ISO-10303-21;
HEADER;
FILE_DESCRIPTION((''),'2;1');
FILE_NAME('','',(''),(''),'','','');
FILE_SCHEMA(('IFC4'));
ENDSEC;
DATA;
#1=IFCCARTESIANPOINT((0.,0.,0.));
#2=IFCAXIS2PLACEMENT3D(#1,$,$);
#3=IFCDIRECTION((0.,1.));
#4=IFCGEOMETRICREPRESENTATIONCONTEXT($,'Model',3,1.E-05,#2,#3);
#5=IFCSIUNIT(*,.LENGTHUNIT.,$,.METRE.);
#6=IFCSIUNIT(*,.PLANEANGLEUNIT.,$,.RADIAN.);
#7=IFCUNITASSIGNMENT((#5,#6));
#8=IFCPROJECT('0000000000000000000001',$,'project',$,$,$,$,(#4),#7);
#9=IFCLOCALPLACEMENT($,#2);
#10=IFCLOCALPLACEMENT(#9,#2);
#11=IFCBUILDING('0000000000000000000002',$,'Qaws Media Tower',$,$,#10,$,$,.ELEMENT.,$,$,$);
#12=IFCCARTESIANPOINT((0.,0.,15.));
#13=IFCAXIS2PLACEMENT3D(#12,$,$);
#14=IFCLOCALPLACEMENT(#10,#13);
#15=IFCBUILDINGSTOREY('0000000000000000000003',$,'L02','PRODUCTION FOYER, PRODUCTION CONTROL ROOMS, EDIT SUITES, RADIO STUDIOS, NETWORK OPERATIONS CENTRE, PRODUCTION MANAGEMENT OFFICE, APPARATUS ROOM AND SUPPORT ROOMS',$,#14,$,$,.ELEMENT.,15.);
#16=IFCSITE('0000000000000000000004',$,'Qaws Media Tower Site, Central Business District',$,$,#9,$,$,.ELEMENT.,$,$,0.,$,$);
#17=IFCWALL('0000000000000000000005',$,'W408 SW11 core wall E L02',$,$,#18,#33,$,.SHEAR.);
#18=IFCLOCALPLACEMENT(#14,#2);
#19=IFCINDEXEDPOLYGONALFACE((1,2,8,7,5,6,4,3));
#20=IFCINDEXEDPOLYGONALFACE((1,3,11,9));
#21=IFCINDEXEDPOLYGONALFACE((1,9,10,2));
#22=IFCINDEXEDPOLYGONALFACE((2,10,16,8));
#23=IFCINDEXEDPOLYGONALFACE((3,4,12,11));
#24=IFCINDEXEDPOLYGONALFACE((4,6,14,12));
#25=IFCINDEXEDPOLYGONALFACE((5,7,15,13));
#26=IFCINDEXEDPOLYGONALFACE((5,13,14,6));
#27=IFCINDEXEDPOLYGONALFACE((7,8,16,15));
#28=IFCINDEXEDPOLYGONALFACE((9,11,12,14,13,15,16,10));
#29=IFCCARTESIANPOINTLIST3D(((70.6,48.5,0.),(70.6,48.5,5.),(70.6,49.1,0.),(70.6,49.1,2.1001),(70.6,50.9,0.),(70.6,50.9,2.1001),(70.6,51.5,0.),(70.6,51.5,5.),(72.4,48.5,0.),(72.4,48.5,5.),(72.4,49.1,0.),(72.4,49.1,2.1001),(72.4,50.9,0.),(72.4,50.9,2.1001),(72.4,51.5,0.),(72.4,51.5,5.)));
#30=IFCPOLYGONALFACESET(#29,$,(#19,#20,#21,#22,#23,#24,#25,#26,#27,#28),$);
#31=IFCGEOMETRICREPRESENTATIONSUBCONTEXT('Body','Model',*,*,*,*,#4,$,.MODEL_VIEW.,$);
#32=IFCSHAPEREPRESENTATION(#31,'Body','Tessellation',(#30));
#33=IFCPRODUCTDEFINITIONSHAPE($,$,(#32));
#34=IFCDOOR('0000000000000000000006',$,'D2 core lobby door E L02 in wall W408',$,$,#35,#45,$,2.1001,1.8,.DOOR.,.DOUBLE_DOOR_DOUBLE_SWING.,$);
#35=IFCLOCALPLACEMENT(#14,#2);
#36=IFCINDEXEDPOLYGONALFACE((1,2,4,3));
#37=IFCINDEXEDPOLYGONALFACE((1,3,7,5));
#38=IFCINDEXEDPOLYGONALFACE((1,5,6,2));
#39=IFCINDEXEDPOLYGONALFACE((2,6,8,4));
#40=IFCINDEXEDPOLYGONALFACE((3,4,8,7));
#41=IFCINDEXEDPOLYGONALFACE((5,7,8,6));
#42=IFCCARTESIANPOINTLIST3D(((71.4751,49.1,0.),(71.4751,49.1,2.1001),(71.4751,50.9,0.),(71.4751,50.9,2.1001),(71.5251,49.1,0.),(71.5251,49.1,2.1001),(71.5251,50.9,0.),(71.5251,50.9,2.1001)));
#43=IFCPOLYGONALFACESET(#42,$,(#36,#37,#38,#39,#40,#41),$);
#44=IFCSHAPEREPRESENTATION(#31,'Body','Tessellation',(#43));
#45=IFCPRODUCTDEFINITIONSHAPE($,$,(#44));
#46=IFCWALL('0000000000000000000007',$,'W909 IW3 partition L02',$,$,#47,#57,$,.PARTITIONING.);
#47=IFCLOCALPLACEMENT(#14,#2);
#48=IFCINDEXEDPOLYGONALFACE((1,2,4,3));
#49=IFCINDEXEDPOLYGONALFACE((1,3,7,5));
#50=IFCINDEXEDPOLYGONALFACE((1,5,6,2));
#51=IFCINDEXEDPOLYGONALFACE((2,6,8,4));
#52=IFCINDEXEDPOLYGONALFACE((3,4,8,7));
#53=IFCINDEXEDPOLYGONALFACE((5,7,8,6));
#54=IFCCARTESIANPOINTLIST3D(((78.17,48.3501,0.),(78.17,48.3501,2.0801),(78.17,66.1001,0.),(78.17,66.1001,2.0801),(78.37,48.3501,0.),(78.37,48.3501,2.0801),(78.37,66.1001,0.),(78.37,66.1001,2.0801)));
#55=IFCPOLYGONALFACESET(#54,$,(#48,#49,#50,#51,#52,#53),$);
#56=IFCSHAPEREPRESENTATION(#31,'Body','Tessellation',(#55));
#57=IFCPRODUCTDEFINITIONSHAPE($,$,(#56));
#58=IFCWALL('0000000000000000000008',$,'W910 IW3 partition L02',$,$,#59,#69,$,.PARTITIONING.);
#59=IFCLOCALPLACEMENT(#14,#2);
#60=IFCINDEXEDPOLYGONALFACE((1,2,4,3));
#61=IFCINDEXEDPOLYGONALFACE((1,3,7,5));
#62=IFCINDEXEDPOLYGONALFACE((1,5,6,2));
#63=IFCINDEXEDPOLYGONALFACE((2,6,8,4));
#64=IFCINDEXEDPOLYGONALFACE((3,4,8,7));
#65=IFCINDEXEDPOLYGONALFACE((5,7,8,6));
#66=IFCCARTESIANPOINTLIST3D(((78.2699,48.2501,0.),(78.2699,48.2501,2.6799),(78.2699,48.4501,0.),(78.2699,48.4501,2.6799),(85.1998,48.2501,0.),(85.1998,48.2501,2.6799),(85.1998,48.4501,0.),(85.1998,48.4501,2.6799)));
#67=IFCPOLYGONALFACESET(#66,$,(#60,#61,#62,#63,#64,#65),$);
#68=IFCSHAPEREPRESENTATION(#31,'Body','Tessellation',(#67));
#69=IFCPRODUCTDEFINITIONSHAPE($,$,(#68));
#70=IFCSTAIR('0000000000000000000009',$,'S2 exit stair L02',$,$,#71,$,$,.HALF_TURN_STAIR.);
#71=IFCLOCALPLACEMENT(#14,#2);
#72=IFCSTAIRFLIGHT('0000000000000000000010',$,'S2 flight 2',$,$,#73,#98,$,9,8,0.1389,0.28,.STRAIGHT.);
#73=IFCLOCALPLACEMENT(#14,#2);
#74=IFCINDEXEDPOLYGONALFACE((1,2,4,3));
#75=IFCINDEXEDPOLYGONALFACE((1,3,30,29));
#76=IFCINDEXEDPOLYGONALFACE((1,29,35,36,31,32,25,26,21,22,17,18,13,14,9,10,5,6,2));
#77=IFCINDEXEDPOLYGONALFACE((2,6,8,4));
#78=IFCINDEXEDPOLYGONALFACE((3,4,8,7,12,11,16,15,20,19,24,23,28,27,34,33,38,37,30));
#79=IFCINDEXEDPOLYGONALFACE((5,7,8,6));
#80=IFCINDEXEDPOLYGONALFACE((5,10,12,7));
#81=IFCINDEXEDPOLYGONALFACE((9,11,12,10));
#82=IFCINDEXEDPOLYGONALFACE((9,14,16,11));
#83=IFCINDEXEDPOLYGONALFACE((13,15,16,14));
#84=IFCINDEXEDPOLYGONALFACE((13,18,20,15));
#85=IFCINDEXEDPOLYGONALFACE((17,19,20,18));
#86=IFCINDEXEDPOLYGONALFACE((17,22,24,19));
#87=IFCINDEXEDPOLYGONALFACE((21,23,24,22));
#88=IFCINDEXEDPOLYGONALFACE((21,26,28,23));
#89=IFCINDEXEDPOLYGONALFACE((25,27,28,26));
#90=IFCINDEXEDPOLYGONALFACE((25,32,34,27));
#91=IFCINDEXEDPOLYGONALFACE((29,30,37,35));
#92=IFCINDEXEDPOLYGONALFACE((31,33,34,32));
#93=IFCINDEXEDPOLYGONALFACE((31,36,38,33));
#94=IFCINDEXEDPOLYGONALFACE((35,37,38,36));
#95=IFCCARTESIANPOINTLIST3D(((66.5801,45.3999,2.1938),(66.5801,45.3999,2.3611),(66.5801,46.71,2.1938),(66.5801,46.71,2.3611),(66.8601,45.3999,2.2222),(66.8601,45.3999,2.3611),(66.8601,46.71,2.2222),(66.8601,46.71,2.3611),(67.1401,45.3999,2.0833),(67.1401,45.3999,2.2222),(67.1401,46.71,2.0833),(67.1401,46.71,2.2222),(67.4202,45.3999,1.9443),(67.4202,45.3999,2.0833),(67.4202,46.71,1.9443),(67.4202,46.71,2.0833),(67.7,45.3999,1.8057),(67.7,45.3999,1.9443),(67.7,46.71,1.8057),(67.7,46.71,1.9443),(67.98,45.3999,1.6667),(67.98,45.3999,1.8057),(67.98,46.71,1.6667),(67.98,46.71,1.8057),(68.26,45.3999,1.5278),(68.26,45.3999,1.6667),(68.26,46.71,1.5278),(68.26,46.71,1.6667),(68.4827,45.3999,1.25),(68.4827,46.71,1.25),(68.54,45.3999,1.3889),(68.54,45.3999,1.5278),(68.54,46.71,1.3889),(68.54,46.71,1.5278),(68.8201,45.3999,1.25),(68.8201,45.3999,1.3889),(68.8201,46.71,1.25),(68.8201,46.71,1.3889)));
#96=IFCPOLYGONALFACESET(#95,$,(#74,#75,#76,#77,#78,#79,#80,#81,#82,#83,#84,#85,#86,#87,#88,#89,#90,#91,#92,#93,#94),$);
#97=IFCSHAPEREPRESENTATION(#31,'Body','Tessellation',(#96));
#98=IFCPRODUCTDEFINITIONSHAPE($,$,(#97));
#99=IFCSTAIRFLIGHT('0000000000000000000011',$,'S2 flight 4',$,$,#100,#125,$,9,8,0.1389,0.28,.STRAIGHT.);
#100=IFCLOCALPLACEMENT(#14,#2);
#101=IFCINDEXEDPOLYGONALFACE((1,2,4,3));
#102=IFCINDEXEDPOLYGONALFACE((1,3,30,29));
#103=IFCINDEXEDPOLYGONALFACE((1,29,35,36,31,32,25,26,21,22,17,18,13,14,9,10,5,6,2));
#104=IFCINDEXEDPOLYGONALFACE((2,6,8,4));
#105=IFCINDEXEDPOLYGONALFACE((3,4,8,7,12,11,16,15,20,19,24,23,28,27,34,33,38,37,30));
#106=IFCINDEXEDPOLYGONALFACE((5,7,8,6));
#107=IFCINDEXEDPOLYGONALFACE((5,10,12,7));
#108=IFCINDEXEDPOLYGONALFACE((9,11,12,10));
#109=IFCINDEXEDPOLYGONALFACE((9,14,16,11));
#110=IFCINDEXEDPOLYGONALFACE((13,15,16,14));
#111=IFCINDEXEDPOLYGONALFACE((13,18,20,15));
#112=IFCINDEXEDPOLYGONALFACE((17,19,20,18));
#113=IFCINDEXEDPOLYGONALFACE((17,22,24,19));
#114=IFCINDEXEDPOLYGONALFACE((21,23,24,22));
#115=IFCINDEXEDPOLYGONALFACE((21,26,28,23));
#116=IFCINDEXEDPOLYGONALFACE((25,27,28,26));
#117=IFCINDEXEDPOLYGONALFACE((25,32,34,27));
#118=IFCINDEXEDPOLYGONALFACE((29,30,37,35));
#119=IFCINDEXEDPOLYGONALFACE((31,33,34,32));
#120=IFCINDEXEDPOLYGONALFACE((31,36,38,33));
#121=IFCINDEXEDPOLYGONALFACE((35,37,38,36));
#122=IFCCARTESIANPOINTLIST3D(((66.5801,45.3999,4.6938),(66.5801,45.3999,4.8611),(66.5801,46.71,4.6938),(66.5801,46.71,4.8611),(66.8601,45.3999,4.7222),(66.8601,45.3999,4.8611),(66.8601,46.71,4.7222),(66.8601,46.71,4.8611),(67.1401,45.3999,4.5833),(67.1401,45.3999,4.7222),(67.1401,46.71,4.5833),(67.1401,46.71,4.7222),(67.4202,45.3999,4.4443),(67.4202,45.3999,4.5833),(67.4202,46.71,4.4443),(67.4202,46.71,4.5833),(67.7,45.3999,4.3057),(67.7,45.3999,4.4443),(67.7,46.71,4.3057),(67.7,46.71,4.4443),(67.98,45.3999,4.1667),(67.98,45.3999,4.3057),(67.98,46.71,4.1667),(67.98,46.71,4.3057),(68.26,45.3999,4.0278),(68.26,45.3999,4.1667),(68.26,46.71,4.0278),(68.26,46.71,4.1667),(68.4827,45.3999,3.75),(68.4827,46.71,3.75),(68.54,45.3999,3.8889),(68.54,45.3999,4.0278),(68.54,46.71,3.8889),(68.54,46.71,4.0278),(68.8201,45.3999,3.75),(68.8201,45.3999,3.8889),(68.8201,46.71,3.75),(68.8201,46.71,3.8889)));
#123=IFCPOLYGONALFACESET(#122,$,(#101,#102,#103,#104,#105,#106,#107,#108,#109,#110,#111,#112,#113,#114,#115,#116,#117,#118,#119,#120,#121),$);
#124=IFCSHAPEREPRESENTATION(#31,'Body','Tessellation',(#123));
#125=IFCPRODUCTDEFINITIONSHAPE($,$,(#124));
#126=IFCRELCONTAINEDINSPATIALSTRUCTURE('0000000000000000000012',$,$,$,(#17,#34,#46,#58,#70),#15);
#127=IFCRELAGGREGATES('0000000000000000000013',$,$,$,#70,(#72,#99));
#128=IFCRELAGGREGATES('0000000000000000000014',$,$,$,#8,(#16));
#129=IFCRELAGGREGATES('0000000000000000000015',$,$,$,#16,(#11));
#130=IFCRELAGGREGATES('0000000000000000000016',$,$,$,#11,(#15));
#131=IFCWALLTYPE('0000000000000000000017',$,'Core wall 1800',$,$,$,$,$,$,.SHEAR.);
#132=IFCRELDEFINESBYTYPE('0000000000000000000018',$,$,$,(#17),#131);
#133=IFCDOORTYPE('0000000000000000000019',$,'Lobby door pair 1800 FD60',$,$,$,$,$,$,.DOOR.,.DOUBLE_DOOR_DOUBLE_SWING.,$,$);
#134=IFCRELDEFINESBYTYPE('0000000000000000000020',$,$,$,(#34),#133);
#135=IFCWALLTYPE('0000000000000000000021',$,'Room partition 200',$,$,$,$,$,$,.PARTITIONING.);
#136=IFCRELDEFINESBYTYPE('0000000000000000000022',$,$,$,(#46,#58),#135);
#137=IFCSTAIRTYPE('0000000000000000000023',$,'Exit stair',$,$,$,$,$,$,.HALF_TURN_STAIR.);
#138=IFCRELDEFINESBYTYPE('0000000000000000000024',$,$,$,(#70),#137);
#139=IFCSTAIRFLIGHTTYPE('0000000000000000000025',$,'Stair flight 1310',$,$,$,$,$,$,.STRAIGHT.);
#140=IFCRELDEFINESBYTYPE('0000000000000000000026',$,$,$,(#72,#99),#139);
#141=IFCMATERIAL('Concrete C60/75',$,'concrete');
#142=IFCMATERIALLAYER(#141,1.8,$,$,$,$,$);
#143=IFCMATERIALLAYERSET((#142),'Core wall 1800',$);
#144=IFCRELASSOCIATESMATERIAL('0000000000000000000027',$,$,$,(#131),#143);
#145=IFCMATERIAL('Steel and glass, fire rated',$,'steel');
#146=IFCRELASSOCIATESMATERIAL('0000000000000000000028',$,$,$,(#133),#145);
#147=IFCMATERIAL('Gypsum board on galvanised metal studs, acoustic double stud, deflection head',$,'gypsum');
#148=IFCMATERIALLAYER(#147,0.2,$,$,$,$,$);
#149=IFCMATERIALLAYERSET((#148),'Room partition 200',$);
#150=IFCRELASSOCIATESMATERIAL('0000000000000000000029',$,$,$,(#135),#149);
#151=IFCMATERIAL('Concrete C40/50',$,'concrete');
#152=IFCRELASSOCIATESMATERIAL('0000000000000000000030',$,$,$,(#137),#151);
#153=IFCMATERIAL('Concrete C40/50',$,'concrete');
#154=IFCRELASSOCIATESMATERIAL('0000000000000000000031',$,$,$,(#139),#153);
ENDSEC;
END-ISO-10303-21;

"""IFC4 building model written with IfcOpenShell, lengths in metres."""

from ifc_helpers import new_model, si_unit, direction, frame, frame_2d, origin, place, context, subcontext, project, spatial, polyline, rectangle, outline, extrude, material, layer, layer_set, type_object, element, fill, aggregate, save


model = new_model("IFC4")

# Units and contexts
model_context = context("Model", 3, precision=1e-05, world=origin(), true_north=direction((0.0, 1.0)))
body_context = subcontext(model_context, "Body", "Model", "MODEL_VIEW")
ifc_project = project(units=[si_unit("LENGTHUNIT", "METRE"), si_unit("PLANEANGLEUNIT", "RADIAN")], contexts=[model_context])

# Site, building, storey
site_placement = place(None, origin())
site = spatial("IfcSite", under=ifc_project, at=site_placement, Name="Qaws Media Tower Site, Central Business District", CompositionType="ELEMENT", RefElevation=0.0)
building_placement = place(site_placement, origin())
building = spatial("IfcBuilding", under=site, at=building_placement, Name="Qaws Media Tower", CompositionType="ELEMENT")
storey_placement = place(building_placement, frame((0.0, 0.0, 15.0)))
storey = spatial("IfcBuildingStorey", under=building, at=storey_placement, Name="L02", Description="PRODUCTION FOYER, PRODUCTION CONTROL ROOMS, EDIT SUITES, RADIO STUDIOS, NETWORK OPERATIONS CENTRE, PRODUCTION MANAGEMENT OFFICE, APPARATUS ROOM AND SUPPORT ROOMS", CompositionType="ELEMENT", Elevation=15.0)

# Shared definitions
ifc_material_1 = material(Name="Concrete C60/75", Category="concrete")
ifc_layer_1 = layer(ifc_material_1, 1.8)
ifc_layer_set_1 = layer_set([ifc_layer_1], Name="Core wall 1800")
wall_type_1 = type_object("IfcWallType", Name="Core wall 1800", PredefinedType="SHEAR", material=ifc_layer_set_1)

# Wall, opening, door
wall_1_placement = place(storey_placement, frame((71.5, 48.5, 0.0), z_axis=(0.0, 0.0, 1.0), x_axis=(0.0, 1.0, 0.0)))
wall_1 = element("IfcWall", 1, at=wall_1_placement, inside=storey, type_object=wall_type_1, Name="W408 SW11 core wall E L02", PredefinedType="SHEAR", context=body_context, shape_type="SweptSolid", body=[
    extrude(rectangle(XDim=3.0, YDim=1.8, at=frame_2d((1.5, 0.0))), origin(), (0.0, 0.0, 1.0), 5.0),
])
opening_placement = place(wall_1_placement, frame((0.6001, 0.0, 0.0)))
opening = element("IfcOpeningElement", 2, at=opening_placement, cuts=wall_1, PredefinedType="OPENING", context=body_context, shape_type="SweptSolid", body=[
    extrude(rectangle(XDim=1.8, YDim=2.1001, at=frame_2d((0.8999, 1.05))), frame((0.0, 0.9099, 0.0), z_axis=(0.0, -1.0, 0.0), x_axis=(1.0, 0.0, 0.0)), (0.0, 0.0, 1.0), 1.8201),
])
ifc_material_2 = material(Name="Steel and glass, fire rated", Category="steel")
door_type = type_object("IfcDoorType", Name="Lobby door pair 1800 FD60", OperationType="DOUBLE_DOOR_DOUBLE_SWING", PredefinedType="DOOR", material=ifc_material_2)
door_placement = place(opening_placement, origin())
door = element("IfcDoor", 3, at=door_placement, inside=storey, type_object=door_type, Name="D2 core lobby door E L02 in wall W408", OperationType="DOUBLE_DOOR_DOUBLE_SWING", OverallHeight=2.1001, OverallWidth=1.8, PredefinedType="DOOR", context=body_context, shape_type="SweptSolid", body=[
    extrude(rectangle(XDim=1.8, YDim=2.1001, at=frame_2d((0.8999, 1.05))), frame((0.0, 0.0249, 0.0), z_axis=(0.0, -1.0, 0.0), x_axis=(1.0, 0.0, 0.0)), (0.0, 0.0, 1.0), 0.05),
])
fill(opening, door)

# Walls
ifc_material_3 = material(Name="Gypsum board on galvanised metal studs, acoustic double stud, deflection head", Category="gypsum")
ifc_layer_2 = layer(ifc_material_3, 0.2)
ifc_layer_set_2 = layer_set([ifc_layer_2], Name="Room partition 200")
wall_type_2 = type_object("IfcWallType", Name="Room partition 200", PredefinedType="PARTITIONING", material=ifc_layer_set_2)
wall_2_placement = place(storey_placement, frame((78.27, 48.3501, 0.0), z_axis=(0.0, 0.0, 1.0), x_axis=(0.0, 1.0, 0.0)))
element("IfcWall", 4, at=wall_2_placement, inside=storey, type_object=wall_type_2, Name="W909 IW3 partition L02", PredefinedType="PARTITIONING", context=body_context, shape_type="SweptSolid", body=[
    extrude(rectangle(XDim=17.75, YDim=0.2, at=frame_2d((8.875, 0.0))), origin(), (0.0, 0.0, 1.0), 2.0801),
])
wall_3_placement = place(storey_placement, frame((78.27, 48.3501, 0.0), z_axis=(0.0, 0.0, 1.0), x_axis=(1.0, 0.0, 0.0)))
element("IfcWall", 5, at=wall_3_placement, inside=storey, type_object=wall_type_2, Name="W910 IW3 partition L02", PredefinedType="PARTITIONING", context=body_context, shape_type="SweptSolid", body=[
    extrude(rectangle(XDim=6.9299, YDim=0.2, at=frame_2d((3.4648, 0.0))), origin(), (0.0, 0.0, 1.0), 2.6799),
])

# Stair, stair flights
ifc_material_4 = material(Name="Concrete C40/50", Category="concrete")
stair_type = type_object("IfcStairType", Name="Exit stair", PredefinedType="HALF_TURN_STAIR", material=ifc_material_4)
stair_placement = place(storey_placement, origin())
stair = element("IfcStair", 6, at=stair_placement, inside=storey, type_object=stair_type, Name="S2 exit stair L02", PredefinedType="HALF_TURN_STAIR")
ifc_material_5 = material(Name="Concrete C40/50", Category="concrete")
stair_flight_type = type_object("IfcStairFlightType", Name="Stair flight 1310", PredefinedType="STRAIGHT", material=ifc_material_5)
stair_flight_1_placement = place(storey_placement, frame((68.8201, 46.0549, 1.25), z_axis=(0.0, 0.0, 1.0), x_axis=(-1.0, 0.0, 0.0)))
stair_flight_1 = element("IfcStairFlight", 7, at=stair_flight_1_placement, type_object=stair_flight_type, Name="S2 flight 2", NumberOfRisers=9, NumberOfTreads=8, PredefinedType="STRAIGHT", RiserHeight=0.1389, TreadLength=0.28, context=body_context, shape_type="SweptSolid", body=[
    extrude(outline(polyline([(0.0, 0.0), (0.0, 0.1389), (0.28, 0.1389), (0.28, 0.2778), (0.5601, 0.2778), (0.5601, 0.4167), (0.8401, 0.4167), (0.8401, 0.5557), (1.1201, 0.5557), (1.1201, 0.6943), (1.3999, 0.6943), (1.3999, 0.8333), (1.6799, 0.8333), (1.6799, 0.9722), (1.96, 0.9722), (1.96, 1.1111), (2.24, 1.1111), (2.24, 1.25), (2.24, 0.9438), (0.3374, 0.0), (0.0, 0.0)])), frame((0.0, 0.655, 0.0), z_axis=(0.0, -1.0, 0.0), x_axis=(1.0, 0.0, 0.0)), (0.0, 0.0, 1.0), 1.3101),
])
stair_flight_2_placement = place(storey_placement, frame((68.8201, 46.0549, 3.75), z_axis=(0.0, 0.0, 1.0), x_axis=(-1.0, 0.0, 0.0)))
stair_flight_2 = element("IfcStairFlight", 8, at=stair_flight_2_placement, type_object=stair_flight_type, Name="S2 flight 4", NumberOfRisers=9, NumberOfTreads=8, PredefinedType="STRAIGHT", RiserHeight=0.1389, TreadLength=0.28, context=body_context, shape_type="SweptSolid", body=[
    extrude(outline(polyline([(0.0, 0.0), (0.0, 0.1389), (0.28, 0.1389), (0.28, 0.2778), (0.5601, 0.2778), (0.5601, 0.4167), (0.8401, 0.4167), (0.8401, 0.5557), (1.1201, 0.5557), (1.1201, 0.6943), (1.3999, 0.6943), (1.3999, 0.8333), (1.6799, 0.8333), (1.6799, 0.9722), (1.96, 0.9722), (1.96, 1.1111), (2.24, 1.1111), (2.24, 1.25), (2.24, 0.9438), (0.3374, 0.0), (0.0, 0.0)])), frame((0.0, 0.655, 0.0), z_axis=(0.0, -1.0, 0.0), x_axis=(1.0, 0.0, 0.0)), (0.0, 0.0, 1.0), 1.3101),
])
aggregate(stair, [stair_flight_1, stair_flight_2])

save(model, "model.ifc")
